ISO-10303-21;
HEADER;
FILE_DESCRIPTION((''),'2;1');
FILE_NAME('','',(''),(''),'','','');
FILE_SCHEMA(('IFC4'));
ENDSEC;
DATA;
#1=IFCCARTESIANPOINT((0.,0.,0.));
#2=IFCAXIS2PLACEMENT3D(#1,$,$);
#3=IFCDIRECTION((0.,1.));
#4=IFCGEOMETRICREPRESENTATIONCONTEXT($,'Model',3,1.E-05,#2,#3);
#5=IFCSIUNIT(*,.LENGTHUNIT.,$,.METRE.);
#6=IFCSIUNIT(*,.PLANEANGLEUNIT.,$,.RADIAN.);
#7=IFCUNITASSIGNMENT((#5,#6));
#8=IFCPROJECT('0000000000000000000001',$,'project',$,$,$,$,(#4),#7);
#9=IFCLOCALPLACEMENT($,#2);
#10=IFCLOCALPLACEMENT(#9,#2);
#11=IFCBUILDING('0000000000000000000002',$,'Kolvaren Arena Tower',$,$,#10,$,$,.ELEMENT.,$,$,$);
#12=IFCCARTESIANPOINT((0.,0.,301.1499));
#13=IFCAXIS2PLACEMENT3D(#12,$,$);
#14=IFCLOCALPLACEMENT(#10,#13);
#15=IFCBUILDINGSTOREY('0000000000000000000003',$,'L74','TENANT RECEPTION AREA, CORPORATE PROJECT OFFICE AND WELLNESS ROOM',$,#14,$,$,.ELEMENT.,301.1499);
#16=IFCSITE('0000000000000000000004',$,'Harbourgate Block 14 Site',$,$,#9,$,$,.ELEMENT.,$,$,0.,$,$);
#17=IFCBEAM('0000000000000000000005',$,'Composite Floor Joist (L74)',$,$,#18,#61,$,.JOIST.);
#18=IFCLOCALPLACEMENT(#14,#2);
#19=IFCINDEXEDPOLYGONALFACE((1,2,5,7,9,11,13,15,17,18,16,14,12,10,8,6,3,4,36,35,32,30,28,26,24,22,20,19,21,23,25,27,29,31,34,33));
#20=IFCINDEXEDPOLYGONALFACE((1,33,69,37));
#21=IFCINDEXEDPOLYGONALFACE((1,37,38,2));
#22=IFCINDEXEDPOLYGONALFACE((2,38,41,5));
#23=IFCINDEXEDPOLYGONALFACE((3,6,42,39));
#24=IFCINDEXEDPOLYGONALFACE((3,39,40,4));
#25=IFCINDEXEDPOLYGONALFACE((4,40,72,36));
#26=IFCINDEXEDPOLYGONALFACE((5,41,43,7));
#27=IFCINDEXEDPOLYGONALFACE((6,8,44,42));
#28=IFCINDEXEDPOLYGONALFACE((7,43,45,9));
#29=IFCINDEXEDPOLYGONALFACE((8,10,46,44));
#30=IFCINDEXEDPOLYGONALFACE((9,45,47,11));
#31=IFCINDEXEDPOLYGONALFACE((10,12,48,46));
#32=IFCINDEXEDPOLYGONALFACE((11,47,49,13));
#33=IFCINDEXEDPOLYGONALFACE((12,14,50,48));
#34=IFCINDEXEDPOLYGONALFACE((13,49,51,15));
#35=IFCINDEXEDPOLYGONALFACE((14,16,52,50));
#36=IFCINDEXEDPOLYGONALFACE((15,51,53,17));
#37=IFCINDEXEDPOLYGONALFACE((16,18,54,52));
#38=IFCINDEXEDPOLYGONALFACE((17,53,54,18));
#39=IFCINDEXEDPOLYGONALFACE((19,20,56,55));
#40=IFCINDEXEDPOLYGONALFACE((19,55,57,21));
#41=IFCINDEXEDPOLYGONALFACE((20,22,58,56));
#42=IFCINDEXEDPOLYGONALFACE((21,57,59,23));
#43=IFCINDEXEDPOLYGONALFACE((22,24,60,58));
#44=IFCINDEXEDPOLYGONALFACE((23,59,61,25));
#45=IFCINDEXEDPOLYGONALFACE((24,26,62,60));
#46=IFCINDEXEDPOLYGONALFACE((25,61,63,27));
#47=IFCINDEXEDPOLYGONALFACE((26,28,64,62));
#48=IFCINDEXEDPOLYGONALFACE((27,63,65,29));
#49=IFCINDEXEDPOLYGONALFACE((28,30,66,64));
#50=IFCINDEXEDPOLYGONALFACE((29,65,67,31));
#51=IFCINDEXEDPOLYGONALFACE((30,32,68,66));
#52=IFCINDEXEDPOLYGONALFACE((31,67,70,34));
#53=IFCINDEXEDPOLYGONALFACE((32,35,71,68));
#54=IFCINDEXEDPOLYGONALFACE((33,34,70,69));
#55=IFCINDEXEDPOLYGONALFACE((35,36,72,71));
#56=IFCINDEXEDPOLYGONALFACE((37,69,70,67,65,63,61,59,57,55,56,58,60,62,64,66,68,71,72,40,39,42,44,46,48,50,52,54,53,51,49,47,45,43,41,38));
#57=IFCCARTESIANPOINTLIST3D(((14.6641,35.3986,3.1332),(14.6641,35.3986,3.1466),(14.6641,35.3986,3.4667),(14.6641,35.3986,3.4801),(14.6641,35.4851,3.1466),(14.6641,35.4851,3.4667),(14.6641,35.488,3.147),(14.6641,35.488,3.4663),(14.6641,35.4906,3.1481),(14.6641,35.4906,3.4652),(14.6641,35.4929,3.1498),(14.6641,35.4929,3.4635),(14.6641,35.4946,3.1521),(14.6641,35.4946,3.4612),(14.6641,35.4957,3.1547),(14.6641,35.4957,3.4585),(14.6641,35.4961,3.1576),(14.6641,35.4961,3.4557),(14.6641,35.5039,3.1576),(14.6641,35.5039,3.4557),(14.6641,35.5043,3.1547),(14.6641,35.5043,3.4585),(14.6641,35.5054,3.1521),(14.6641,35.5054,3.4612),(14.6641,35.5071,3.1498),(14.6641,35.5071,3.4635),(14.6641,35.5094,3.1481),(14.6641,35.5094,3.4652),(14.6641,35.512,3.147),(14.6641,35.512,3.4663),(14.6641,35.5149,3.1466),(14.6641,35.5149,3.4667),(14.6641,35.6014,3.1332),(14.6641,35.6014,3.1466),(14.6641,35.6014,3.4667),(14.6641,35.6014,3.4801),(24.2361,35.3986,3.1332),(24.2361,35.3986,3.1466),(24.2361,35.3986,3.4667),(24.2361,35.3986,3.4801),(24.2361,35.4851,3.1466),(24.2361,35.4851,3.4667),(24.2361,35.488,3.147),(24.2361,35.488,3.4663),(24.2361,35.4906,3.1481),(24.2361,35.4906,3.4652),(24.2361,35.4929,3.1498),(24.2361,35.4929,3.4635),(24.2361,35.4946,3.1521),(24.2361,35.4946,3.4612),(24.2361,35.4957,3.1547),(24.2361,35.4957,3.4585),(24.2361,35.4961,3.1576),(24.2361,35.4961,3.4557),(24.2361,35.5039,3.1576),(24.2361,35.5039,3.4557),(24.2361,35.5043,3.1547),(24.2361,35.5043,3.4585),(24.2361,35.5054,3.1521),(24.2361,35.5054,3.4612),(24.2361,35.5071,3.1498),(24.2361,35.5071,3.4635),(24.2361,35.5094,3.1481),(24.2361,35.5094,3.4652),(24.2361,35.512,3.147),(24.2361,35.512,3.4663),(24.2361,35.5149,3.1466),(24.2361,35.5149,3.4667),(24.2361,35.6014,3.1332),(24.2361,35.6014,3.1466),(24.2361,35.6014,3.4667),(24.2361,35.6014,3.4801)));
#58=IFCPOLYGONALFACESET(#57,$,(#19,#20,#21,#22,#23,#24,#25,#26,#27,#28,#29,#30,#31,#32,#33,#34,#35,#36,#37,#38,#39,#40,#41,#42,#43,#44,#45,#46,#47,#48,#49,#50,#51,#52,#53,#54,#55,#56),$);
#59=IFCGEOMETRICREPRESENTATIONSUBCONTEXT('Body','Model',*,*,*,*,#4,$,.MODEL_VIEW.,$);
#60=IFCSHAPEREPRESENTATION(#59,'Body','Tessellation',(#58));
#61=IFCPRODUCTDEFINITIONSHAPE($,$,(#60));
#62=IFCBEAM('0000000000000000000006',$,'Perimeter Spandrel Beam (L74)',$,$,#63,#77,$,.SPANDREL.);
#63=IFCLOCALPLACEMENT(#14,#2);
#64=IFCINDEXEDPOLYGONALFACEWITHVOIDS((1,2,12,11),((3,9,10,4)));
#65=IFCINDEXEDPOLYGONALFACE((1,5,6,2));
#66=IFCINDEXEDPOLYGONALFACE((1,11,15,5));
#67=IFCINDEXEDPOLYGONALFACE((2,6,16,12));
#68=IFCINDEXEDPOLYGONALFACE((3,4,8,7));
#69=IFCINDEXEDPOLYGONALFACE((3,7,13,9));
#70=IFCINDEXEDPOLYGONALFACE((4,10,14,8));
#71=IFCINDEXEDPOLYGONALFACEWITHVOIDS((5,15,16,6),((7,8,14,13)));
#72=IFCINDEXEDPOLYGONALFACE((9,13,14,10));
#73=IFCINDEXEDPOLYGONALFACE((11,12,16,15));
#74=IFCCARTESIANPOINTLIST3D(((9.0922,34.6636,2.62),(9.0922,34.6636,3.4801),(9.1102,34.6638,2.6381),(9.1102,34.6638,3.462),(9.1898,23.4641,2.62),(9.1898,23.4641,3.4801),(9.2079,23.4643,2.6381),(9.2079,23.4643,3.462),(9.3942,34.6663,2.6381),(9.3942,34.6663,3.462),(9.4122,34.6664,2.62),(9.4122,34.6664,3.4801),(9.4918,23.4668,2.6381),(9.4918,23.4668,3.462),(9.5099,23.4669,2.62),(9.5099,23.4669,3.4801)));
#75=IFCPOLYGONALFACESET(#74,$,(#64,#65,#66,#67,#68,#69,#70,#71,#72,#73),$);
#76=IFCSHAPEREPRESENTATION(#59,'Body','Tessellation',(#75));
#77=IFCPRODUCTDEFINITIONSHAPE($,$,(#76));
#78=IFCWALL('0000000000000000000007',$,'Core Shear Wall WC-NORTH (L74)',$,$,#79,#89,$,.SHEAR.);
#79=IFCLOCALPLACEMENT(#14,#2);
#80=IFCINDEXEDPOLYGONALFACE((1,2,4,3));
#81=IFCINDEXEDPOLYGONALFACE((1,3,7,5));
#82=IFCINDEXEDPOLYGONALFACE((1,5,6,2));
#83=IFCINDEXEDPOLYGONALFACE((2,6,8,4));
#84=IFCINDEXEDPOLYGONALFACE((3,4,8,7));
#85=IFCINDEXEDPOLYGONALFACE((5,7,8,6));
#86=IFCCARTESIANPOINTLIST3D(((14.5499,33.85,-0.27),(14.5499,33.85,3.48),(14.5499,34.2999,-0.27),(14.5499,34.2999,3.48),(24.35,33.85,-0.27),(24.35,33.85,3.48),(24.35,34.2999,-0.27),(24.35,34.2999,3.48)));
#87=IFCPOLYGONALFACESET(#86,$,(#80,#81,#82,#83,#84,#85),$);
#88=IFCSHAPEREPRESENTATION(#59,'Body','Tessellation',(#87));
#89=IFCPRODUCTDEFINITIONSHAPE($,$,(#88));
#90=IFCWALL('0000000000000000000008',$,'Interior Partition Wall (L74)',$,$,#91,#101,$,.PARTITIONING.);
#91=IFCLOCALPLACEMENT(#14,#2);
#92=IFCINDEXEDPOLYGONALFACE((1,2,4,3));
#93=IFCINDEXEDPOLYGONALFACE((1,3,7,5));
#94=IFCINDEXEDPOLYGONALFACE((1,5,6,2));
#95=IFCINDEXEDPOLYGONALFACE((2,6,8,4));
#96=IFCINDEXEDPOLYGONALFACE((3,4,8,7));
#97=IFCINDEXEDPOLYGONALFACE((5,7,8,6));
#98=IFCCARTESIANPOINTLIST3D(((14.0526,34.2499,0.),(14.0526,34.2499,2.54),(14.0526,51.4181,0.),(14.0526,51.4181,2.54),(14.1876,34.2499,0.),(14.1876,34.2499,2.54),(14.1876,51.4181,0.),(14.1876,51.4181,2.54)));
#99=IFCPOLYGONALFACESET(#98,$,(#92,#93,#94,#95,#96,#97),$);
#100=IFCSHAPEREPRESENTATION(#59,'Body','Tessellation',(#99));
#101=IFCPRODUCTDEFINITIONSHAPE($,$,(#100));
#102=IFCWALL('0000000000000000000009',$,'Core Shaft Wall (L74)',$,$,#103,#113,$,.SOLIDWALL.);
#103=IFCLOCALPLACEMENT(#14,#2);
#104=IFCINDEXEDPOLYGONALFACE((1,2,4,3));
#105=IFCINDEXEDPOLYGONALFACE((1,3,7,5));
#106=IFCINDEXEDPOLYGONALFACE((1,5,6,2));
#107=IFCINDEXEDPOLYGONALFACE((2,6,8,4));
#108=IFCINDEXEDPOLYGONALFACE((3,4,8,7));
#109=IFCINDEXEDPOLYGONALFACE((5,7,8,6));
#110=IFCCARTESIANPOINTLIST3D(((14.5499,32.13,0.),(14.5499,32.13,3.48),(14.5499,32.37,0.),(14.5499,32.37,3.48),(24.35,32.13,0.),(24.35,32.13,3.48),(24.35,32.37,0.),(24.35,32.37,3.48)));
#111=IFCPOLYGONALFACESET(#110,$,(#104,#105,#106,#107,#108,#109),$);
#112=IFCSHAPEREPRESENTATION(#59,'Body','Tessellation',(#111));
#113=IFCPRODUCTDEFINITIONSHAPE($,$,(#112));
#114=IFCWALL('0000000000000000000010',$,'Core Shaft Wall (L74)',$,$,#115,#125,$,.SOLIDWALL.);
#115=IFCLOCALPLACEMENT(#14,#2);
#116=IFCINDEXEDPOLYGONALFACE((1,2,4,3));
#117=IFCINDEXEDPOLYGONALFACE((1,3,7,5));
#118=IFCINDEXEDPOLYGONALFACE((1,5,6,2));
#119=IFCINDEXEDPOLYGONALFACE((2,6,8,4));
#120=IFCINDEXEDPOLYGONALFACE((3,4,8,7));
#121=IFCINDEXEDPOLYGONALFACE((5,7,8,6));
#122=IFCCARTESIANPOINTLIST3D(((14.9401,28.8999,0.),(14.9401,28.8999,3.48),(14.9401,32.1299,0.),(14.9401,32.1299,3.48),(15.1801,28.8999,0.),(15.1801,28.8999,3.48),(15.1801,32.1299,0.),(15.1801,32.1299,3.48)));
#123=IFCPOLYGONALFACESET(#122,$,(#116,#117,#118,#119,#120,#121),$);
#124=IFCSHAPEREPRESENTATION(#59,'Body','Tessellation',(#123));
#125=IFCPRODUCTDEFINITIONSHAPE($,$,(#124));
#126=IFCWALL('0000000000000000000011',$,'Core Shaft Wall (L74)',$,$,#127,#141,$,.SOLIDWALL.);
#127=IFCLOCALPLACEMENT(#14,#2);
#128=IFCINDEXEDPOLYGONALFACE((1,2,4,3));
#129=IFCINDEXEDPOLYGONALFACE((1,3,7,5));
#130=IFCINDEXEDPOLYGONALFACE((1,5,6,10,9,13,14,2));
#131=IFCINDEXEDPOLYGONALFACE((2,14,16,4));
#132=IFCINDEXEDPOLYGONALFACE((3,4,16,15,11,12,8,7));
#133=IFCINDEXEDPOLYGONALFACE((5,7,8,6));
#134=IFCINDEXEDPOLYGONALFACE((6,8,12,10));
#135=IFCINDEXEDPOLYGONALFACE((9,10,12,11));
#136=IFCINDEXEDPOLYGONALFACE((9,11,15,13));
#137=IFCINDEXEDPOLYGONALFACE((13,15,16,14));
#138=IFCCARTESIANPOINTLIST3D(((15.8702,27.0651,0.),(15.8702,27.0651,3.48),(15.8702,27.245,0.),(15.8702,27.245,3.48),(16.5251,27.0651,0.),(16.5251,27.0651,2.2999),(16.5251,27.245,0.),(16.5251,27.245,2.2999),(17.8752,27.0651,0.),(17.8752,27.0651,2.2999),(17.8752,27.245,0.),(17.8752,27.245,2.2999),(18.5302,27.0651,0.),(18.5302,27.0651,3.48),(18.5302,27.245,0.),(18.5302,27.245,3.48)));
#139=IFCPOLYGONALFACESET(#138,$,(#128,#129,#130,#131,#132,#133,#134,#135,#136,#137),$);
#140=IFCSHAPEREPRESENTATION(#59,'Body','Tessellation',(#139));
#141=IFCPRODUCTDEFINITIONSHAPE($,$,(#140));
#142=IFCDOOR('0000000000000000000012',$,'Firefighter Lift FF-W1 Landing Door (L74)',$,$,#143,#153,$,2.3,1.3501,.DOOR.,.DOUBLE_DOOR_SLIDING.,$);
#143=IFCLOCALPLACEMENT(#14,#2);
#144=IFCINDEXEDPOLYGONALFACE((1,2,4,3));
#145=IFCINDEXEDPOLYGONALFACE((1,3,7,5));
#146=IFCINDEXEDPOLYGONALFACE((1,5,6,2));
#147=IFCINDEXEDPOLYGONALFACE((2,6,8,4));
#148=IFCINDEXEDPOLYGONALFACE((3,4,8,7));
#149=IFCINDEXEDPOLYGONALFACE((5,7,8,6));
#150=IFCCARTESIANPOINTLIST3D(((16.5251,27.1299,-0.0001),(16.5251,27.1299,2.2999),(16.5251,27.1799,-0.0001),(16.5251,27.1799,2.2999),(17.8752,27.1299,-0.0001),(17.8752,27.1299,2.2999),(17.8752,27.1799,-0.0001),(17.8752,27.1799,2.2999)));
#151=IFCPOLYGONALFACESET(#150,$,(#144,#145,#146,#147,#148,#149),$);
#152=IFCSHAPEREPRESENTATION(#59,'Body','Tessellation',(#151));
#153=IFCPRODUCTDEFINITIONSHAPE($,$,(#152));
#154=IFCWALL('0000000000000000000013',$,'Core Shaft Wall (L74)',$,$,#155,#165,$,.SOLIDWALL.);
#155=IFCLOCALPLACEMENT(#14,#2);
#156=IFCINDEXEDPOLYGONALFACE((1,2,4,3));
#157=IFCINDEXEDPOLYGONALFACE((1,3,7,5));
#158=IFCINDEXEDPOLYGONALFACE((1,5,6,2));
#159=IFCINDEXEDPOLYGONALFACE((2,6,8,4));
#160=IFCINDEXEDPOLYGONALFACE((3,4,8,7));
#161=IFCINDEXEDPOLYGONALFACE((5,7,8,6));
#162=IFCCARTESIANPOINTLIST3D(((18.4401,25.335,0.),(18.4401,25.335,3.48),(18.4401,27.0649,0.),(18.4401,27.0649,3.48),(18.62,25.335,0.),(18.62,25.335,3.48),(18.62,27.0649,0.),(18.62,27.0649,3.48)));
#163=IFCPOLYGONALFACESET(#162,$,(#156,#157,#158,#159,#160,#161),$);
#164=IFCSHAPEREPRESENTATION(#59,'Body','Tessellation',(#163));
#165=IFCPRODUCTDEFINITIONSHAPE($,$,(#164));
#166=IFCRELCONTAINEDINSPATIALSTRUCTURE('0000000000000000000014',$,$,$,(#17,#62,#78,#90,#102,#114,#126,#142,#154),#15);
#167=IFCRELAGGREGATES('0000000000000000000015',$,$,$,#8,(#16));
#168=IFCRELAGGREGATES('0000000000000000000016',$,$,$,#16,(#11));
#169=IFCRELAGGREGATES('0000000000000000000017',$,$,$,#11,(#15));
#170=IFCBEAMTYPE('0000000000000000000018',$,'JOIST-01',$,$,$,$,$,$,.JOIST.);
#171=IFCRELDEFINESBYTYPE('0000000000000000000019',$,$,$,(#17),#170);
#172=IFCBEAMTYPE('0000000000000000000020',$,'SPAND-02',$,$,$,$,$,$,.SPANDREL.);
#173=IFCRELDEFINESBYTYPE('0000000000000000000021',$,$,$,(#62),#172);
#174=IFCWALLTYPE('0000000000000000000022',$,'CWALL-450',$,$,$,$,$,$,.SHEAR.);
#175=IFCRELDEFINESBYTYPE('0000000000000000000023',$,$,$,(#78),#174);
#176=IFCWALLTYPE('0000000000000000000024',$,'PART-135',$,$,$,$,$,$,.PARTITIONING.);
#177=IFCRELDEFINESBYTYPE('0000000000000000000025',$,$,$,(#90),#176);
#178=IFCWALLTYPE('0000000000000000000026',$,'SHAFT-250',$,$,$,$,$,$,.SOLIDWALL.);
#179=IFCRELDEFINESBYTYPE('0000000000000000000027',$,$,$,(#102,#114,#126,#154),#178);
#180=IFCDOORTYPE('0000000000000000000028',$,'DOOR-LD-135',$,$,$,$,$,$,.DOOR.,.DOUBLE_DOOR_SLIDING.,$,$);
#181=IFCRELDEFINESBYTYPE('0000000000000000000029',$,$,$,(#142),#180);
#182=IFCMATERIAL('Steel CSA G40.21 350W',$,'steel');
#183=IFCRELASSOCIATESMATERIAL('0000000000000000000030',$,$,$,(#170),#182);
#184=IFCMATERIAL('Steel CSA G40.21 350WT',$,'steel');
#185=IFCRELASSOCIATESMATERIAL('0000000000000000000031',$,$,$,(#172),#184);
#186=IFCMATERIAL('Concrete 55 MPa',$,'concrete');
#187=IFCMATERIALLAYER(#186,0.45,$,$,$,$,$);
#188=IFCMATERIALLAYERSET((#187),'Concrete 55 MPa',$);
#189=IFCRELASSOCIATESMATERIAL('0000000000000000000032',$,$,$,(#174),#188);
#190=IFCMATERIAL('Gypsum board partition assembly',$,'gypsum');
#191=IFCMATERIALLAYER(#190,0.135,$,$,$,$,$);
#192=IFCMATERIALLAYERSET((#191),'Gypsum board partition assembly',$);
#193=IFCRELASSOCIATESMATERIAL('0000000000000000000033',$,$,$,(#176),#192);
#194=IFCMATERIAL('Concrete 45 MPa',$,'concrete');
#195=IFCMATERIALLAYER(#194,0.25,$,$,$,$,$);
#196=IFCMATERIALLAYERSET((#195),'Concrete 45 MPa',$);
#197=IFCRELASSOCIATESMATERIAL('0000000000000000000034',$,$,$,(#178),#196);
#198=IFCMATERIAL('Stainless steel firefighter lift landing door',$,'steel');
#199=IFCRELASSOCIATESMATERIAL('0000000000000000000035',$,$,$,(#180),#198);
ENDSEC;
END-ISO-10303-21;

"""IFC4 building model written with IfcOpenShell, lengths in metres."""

from ifc_helpers import new_model, si_unit, direction, frame, frame_2d, origin, origin_2d, place, context, subcontext, project, spatial, rectangle, hollow_rectangle, i_section, extrude, material, layer, layer_set, material_profile, profile_set, type_object, element, fill, save


model = new_model("IFC4")

# Units and contexts
model_context = context("Model", 3, precision=1e-05, world=origin(), true_north=direction((0.0, 1.0)))
body_context = subcontext(model_context, "Body", "Model", "MODEL_VIEW")
ifc_project = project(units=[si_unit("LENGTHUNIT", "METRE"), si_unit("PLANEANGLEUNIT", "RADIAN")], contexts=[model_context])

# Site, building, storey
site_placement = place(None, origin())
site = spatial("IfcSite", under=ifc_project, at=site_placement, Name="Harbourgate Block 14 Site", CompositionType="ELEMENT", RefElevation=0.0)
building_placement = place(site_placement, origin())
building = spatial("IfcBuilding", under=site, at=building_placement, Name="Kolvaren Arena Tower", CompositionType="ELEMENT")
storey_placement = place(building_placement, frame((0.0, 0.0, 301.1499)))
storey = spatial("IfcBuildingStorey", under=building, at=storey_placement, Name="L74", Description="TENANT RECEPTION AREA, CORPORATE PROJECT OFFICE AND WELLNESS ROOM", CompositionType="ELEMENT", Elevation=301.1499)

# Beams
ifc_material_1 = material(Name="Steel CSA G40.21 350W", Category="steel")
ifc_material_profile_1 = material_profile(ifc_material_1, i_section(OverallWidth=0.2029, OverallDepth=0.3469, WebThickness=0.0078, FlangeThickness=0.0134, FilletRadius=0.011, at=origin_2d()), Name="W360x64")
ifc_profile_set_1 = profile_set([ifc_material_profile_1], Name="Steel CSA G40.21 350W")
beam_type_1 = type_object("IfcBeamType", Name="JOIST-01", PredefinedType="JOIST", material=ifc_profile_set_1)
beam_1_placement = place(storey_placement, frame((14.6641, 35.5, 3.3066), z_axis=(1.0, 0.0, 0.0), x_axis=(0.0, 1.0, 0.0)))
element("IfcBeam", 1, at=beam_1_placement, inside=storey, type_object=beam_type_1, Name="Composite Floor Joist (L74)", PredefinedType="JOIST", context=body_context, shape_type="SweptSolid", body=[
    extrude(i_section(OverallWidth=0.2029, OverallDepth=0.3469, WebThickness=0.0078, FlangeThickness=0.0134, FilletRadius=0.011, at=origin_2d()), origin(), (0.0, 0.0, 1.0), 9.572),
])
ifc_material_2 = material(Name="Steel CSA G40.21 350WT", Category="steel")
ifc_material_profile_2 = material_profile(ifc_material_2, hollow_rectangle(XDim=0.3201, YDim=0.8601, WallThickness=0.0181, at=origin_2d()), Name="HSS 860x320x18")
ifc_profile_set_2 = profile_set([ifc_material_profile_2], Name="Steel CSA G40.21 350WT")
beam_type_2 = type_object("IfcBeamType", Name="SPAND-02", PredefinedType="SPANDREL", material=ifc_profile_set_2)
beam_2_placement = place(storey_placement, frame((9.2522, 34.665, 3.05), z_axis=(0.008719, -0.999962, 0.0), x_axis=(0.999962, 0.008719, 0.0)))
element("IfcBeam", 2, at=beam_2_placement, inside=storey, type_object=beam_type_2, Name="Perimeter Spandrel Beam (L74)", PredefinedType="SPANDREL", context=body_context, shape_type="SweptSolid", body=[
    extrude(hollow_rectangle(XDim=0.3201, YDim=0.8601, WallThickness=0.0181, at=origin_2d()), origin(), (0.0, 0.0, 1.0), 11.2),
])

# Walls
ifc_material_3 = material(Name="Concrete 55 MPa", Category="concrete")
ifc_layer_1 = layer(ifc_material_3, 0.45)
ifc_layer_set_1 = layer_set([ifc_layer_1], Name="Concrete 55 MPa")
wall_type_1 = type_object("IfcWallType", Name="CWALL-450", PredefinedType="SHEAR", material=ifc_layer_set_1)
wall_1_placement = place(storey_placement, frame((14.55, 34.075, -0.27), z_axis=(0.0, 0.0, 1.0), x_axis=(1.0, 0.0, 0.0)))
element("IfcWall", 3, at=wall_1_placement, inside=storey, type_object=wall_type_1, Name="Core Shear Wall WC-NORTH (L74)", PredefinedType="SHEAR", context=body_context, shape_type="SweptSolid", body=[
    extrude(rectangle(XDim=9.8, YDim=0.45, at=frame_2d((4.8999, 0.0))), origin(), (0.0, 0.0, 1.0), 3.75),
])
ifc_material_4 = material(Name="Gypsum board partition assembly", Category="gypsum")
ifc_layer_2 = layer(ifc_material_4, 0.135)
ifc_layer_set_2 = layer_set([ifc_layer_2], Name="Gypsum board partition assembly")
wall_type_2 = type_object("IfcWallType", Name="PART-135", PredefinedType="PARTITIONING", material=ifc_layer_set_2)
wall_2_placement = place(storey_placement, frame((14.1201, 34.25, 0.0), z_axis=(0.0, 0.0, 1.0), x_axis=(0.0, 1.0, 0.0)))
element("IfcWall", 4, at=wall_2_placement, inside=storey, type_object=wall_type_2, Name="Interior Partition Wall (L74)", PredefinedType="PARTITIONING", context=body_context, shape_type="SweptSolid", body=[
    extrude(rectangle(XDim=17.1682, YDim=0.135, at=frame_2d((8.584, 0.0))), origin(), (0.0, 0.0, 1.0), 2.54),
])
ifc_material_5 = material(Name="Concrete 45 MPa", Category="concrete")
ifc_layer_3 = layer(ifc_material_5, 0.25)
ifc_layer_set_3 = layer_set([ifc_layer_3], Name="Concrete 45 MPa")
wall_type_3 = type_object("IfcWallType", Name="SHAFT-250", PredefinedType="SOLIDWALL", material=ifc_layer_set_3)
wall_3_placement = place(storey_placement, frame((14.55, 32.25, 0.0), z_axis=(0.0, 0.0, 1.0), x_axis=(1.0, 0.0, 0.0)))
element("IfcWall", 5, at=wall_3_placement, inside=storey, type_object=wall_type_3, Name="Core Shaft Wall (L74)", PredefinedType="SOLIDWALL", context=body_context, shape_type="SweptSolid", body=[
    extrude(rectangle(XDim=9.8, YDim=0.24, at=frame_2d((4.8999, 0.0))), origin(), (0.0, 0.0, 1.0), 3.48),
])
wall_4_placement = place(storey_placement, frame((15.0601, 28.8999, 0.0), z_axis=(0.0, 0.0, 1.0), x_axis=(0.0, 1.0, 0.0)))
element("IfcWall", 6, at=wall_4_placement, inside=storey, type_object=wall_type_3, Name="Core Shaft Wall (L74)", PredefinedType="SOLIDWALL", context=body_context, shape_type="SweptSolid", body=[
    extrude(rectangle(XDim=3.23, YDim=0.24, at=frame_2d((1.615, 0.0))), origin(), (0.0, 0.0, 1.0), 3.48),
])

# Wall, opening, door
wall_5_placement = place(storey_placement, frame((15.8701, 27.155, 0.0), z_axis=(0.0, 0.0, 1.0), x_axis=(1.0, 0.0, 0.0)))
wall_5 = element("IfcWall", 7, at=wall_5_placement, inside=storey, type_object=wall_type_3, Name="Core Shaft Wall (L74)", PredefinedType="SOLIDWALL", context=body_context, shape_type="SweptSolid", body=[
    extrude(rectangle(XDim=2.6599, YDim=0.1799, at=frame_2d((1.3301, 0.0))), origin(), (0.0, 0.0, 1.0), 3.48),
])
opening_placement = place(wall_5_placement, frame((0.655, 0.0, 0.0)))
opening = element("IfcOpeningElement", 8, at=opening_placement, cuts=wall_5, PredefinedType="OPENING", context=body_context, shape_type="SweptSolid", body=[
    extrude(rectangle(XDim=1.3501, YDim=2.3, at=frame_2d((0.675, 1.1499))), frame((0.0, 0.0999, 0.0), z_axis=(0.0, -1.0, 0.0), x_axis=(1.0, 0.0, 0.0)), (0.0, 0.0, 1.0), 0.2),
])
ifc_material_6 = material(Name="Stainless steel firefighter lift landing door", Category="steel")
door_type = type_object("IfcDoorType", Name="DOOR-LD-135", OperationType="DOUBLE_DOOR_SLIDING", PredefinedType="DOOR", material=ifc_material_6)
door_placement = place(opening_placement, origin())
door = element("IfcDoor", 9, at=door_placement, inside=storey, type_object=door_type, Name="Firefighter Lift FF-W1 Landing Door (L74)", OperationType="DOUBLE_DOOR_SLIDING", OverallHeight=2.3, OverallWidth=1.3501, PredefinedType="DOOR", context=body_context, shape_type="SweptSolid", body=[
    extrude(rectangle(XDim=1.3501, YDim=2.3, at=frame_2d((0.675, 1.1499))), frame((0.0, 0.0249, 0.0), z_axis=(0.0, -1.0, 0.0), x_axis=(1.0, 0.0, 0.0)), (0.0, 0.0, 1.0), 0.05),
])
fill(opening, door)

# Wall
wall_6_placement = place(storey_placement, frame((18.53, 25.335, 0.0), z_axis=(0.0, 0.0, 1.0), x_axis=(0.0, 1.0, 0.0)))
element("IfcWall", 10, at=wall_6_placement, inside=storey, type_object=wall_type_3, Name="Core Shaft Wall (L74)", PredefinedType="SOLIDWALL", context=body_context, shape_type="SweptSolid", body=[
    extrude(rectangle(XDim=1.73, YDim=0.1799, at=frame_2d((0.865, 0.0))), origin(), (0.0, 0.0, 1.0), 3.48),
])

save(model, "model.ifc")
